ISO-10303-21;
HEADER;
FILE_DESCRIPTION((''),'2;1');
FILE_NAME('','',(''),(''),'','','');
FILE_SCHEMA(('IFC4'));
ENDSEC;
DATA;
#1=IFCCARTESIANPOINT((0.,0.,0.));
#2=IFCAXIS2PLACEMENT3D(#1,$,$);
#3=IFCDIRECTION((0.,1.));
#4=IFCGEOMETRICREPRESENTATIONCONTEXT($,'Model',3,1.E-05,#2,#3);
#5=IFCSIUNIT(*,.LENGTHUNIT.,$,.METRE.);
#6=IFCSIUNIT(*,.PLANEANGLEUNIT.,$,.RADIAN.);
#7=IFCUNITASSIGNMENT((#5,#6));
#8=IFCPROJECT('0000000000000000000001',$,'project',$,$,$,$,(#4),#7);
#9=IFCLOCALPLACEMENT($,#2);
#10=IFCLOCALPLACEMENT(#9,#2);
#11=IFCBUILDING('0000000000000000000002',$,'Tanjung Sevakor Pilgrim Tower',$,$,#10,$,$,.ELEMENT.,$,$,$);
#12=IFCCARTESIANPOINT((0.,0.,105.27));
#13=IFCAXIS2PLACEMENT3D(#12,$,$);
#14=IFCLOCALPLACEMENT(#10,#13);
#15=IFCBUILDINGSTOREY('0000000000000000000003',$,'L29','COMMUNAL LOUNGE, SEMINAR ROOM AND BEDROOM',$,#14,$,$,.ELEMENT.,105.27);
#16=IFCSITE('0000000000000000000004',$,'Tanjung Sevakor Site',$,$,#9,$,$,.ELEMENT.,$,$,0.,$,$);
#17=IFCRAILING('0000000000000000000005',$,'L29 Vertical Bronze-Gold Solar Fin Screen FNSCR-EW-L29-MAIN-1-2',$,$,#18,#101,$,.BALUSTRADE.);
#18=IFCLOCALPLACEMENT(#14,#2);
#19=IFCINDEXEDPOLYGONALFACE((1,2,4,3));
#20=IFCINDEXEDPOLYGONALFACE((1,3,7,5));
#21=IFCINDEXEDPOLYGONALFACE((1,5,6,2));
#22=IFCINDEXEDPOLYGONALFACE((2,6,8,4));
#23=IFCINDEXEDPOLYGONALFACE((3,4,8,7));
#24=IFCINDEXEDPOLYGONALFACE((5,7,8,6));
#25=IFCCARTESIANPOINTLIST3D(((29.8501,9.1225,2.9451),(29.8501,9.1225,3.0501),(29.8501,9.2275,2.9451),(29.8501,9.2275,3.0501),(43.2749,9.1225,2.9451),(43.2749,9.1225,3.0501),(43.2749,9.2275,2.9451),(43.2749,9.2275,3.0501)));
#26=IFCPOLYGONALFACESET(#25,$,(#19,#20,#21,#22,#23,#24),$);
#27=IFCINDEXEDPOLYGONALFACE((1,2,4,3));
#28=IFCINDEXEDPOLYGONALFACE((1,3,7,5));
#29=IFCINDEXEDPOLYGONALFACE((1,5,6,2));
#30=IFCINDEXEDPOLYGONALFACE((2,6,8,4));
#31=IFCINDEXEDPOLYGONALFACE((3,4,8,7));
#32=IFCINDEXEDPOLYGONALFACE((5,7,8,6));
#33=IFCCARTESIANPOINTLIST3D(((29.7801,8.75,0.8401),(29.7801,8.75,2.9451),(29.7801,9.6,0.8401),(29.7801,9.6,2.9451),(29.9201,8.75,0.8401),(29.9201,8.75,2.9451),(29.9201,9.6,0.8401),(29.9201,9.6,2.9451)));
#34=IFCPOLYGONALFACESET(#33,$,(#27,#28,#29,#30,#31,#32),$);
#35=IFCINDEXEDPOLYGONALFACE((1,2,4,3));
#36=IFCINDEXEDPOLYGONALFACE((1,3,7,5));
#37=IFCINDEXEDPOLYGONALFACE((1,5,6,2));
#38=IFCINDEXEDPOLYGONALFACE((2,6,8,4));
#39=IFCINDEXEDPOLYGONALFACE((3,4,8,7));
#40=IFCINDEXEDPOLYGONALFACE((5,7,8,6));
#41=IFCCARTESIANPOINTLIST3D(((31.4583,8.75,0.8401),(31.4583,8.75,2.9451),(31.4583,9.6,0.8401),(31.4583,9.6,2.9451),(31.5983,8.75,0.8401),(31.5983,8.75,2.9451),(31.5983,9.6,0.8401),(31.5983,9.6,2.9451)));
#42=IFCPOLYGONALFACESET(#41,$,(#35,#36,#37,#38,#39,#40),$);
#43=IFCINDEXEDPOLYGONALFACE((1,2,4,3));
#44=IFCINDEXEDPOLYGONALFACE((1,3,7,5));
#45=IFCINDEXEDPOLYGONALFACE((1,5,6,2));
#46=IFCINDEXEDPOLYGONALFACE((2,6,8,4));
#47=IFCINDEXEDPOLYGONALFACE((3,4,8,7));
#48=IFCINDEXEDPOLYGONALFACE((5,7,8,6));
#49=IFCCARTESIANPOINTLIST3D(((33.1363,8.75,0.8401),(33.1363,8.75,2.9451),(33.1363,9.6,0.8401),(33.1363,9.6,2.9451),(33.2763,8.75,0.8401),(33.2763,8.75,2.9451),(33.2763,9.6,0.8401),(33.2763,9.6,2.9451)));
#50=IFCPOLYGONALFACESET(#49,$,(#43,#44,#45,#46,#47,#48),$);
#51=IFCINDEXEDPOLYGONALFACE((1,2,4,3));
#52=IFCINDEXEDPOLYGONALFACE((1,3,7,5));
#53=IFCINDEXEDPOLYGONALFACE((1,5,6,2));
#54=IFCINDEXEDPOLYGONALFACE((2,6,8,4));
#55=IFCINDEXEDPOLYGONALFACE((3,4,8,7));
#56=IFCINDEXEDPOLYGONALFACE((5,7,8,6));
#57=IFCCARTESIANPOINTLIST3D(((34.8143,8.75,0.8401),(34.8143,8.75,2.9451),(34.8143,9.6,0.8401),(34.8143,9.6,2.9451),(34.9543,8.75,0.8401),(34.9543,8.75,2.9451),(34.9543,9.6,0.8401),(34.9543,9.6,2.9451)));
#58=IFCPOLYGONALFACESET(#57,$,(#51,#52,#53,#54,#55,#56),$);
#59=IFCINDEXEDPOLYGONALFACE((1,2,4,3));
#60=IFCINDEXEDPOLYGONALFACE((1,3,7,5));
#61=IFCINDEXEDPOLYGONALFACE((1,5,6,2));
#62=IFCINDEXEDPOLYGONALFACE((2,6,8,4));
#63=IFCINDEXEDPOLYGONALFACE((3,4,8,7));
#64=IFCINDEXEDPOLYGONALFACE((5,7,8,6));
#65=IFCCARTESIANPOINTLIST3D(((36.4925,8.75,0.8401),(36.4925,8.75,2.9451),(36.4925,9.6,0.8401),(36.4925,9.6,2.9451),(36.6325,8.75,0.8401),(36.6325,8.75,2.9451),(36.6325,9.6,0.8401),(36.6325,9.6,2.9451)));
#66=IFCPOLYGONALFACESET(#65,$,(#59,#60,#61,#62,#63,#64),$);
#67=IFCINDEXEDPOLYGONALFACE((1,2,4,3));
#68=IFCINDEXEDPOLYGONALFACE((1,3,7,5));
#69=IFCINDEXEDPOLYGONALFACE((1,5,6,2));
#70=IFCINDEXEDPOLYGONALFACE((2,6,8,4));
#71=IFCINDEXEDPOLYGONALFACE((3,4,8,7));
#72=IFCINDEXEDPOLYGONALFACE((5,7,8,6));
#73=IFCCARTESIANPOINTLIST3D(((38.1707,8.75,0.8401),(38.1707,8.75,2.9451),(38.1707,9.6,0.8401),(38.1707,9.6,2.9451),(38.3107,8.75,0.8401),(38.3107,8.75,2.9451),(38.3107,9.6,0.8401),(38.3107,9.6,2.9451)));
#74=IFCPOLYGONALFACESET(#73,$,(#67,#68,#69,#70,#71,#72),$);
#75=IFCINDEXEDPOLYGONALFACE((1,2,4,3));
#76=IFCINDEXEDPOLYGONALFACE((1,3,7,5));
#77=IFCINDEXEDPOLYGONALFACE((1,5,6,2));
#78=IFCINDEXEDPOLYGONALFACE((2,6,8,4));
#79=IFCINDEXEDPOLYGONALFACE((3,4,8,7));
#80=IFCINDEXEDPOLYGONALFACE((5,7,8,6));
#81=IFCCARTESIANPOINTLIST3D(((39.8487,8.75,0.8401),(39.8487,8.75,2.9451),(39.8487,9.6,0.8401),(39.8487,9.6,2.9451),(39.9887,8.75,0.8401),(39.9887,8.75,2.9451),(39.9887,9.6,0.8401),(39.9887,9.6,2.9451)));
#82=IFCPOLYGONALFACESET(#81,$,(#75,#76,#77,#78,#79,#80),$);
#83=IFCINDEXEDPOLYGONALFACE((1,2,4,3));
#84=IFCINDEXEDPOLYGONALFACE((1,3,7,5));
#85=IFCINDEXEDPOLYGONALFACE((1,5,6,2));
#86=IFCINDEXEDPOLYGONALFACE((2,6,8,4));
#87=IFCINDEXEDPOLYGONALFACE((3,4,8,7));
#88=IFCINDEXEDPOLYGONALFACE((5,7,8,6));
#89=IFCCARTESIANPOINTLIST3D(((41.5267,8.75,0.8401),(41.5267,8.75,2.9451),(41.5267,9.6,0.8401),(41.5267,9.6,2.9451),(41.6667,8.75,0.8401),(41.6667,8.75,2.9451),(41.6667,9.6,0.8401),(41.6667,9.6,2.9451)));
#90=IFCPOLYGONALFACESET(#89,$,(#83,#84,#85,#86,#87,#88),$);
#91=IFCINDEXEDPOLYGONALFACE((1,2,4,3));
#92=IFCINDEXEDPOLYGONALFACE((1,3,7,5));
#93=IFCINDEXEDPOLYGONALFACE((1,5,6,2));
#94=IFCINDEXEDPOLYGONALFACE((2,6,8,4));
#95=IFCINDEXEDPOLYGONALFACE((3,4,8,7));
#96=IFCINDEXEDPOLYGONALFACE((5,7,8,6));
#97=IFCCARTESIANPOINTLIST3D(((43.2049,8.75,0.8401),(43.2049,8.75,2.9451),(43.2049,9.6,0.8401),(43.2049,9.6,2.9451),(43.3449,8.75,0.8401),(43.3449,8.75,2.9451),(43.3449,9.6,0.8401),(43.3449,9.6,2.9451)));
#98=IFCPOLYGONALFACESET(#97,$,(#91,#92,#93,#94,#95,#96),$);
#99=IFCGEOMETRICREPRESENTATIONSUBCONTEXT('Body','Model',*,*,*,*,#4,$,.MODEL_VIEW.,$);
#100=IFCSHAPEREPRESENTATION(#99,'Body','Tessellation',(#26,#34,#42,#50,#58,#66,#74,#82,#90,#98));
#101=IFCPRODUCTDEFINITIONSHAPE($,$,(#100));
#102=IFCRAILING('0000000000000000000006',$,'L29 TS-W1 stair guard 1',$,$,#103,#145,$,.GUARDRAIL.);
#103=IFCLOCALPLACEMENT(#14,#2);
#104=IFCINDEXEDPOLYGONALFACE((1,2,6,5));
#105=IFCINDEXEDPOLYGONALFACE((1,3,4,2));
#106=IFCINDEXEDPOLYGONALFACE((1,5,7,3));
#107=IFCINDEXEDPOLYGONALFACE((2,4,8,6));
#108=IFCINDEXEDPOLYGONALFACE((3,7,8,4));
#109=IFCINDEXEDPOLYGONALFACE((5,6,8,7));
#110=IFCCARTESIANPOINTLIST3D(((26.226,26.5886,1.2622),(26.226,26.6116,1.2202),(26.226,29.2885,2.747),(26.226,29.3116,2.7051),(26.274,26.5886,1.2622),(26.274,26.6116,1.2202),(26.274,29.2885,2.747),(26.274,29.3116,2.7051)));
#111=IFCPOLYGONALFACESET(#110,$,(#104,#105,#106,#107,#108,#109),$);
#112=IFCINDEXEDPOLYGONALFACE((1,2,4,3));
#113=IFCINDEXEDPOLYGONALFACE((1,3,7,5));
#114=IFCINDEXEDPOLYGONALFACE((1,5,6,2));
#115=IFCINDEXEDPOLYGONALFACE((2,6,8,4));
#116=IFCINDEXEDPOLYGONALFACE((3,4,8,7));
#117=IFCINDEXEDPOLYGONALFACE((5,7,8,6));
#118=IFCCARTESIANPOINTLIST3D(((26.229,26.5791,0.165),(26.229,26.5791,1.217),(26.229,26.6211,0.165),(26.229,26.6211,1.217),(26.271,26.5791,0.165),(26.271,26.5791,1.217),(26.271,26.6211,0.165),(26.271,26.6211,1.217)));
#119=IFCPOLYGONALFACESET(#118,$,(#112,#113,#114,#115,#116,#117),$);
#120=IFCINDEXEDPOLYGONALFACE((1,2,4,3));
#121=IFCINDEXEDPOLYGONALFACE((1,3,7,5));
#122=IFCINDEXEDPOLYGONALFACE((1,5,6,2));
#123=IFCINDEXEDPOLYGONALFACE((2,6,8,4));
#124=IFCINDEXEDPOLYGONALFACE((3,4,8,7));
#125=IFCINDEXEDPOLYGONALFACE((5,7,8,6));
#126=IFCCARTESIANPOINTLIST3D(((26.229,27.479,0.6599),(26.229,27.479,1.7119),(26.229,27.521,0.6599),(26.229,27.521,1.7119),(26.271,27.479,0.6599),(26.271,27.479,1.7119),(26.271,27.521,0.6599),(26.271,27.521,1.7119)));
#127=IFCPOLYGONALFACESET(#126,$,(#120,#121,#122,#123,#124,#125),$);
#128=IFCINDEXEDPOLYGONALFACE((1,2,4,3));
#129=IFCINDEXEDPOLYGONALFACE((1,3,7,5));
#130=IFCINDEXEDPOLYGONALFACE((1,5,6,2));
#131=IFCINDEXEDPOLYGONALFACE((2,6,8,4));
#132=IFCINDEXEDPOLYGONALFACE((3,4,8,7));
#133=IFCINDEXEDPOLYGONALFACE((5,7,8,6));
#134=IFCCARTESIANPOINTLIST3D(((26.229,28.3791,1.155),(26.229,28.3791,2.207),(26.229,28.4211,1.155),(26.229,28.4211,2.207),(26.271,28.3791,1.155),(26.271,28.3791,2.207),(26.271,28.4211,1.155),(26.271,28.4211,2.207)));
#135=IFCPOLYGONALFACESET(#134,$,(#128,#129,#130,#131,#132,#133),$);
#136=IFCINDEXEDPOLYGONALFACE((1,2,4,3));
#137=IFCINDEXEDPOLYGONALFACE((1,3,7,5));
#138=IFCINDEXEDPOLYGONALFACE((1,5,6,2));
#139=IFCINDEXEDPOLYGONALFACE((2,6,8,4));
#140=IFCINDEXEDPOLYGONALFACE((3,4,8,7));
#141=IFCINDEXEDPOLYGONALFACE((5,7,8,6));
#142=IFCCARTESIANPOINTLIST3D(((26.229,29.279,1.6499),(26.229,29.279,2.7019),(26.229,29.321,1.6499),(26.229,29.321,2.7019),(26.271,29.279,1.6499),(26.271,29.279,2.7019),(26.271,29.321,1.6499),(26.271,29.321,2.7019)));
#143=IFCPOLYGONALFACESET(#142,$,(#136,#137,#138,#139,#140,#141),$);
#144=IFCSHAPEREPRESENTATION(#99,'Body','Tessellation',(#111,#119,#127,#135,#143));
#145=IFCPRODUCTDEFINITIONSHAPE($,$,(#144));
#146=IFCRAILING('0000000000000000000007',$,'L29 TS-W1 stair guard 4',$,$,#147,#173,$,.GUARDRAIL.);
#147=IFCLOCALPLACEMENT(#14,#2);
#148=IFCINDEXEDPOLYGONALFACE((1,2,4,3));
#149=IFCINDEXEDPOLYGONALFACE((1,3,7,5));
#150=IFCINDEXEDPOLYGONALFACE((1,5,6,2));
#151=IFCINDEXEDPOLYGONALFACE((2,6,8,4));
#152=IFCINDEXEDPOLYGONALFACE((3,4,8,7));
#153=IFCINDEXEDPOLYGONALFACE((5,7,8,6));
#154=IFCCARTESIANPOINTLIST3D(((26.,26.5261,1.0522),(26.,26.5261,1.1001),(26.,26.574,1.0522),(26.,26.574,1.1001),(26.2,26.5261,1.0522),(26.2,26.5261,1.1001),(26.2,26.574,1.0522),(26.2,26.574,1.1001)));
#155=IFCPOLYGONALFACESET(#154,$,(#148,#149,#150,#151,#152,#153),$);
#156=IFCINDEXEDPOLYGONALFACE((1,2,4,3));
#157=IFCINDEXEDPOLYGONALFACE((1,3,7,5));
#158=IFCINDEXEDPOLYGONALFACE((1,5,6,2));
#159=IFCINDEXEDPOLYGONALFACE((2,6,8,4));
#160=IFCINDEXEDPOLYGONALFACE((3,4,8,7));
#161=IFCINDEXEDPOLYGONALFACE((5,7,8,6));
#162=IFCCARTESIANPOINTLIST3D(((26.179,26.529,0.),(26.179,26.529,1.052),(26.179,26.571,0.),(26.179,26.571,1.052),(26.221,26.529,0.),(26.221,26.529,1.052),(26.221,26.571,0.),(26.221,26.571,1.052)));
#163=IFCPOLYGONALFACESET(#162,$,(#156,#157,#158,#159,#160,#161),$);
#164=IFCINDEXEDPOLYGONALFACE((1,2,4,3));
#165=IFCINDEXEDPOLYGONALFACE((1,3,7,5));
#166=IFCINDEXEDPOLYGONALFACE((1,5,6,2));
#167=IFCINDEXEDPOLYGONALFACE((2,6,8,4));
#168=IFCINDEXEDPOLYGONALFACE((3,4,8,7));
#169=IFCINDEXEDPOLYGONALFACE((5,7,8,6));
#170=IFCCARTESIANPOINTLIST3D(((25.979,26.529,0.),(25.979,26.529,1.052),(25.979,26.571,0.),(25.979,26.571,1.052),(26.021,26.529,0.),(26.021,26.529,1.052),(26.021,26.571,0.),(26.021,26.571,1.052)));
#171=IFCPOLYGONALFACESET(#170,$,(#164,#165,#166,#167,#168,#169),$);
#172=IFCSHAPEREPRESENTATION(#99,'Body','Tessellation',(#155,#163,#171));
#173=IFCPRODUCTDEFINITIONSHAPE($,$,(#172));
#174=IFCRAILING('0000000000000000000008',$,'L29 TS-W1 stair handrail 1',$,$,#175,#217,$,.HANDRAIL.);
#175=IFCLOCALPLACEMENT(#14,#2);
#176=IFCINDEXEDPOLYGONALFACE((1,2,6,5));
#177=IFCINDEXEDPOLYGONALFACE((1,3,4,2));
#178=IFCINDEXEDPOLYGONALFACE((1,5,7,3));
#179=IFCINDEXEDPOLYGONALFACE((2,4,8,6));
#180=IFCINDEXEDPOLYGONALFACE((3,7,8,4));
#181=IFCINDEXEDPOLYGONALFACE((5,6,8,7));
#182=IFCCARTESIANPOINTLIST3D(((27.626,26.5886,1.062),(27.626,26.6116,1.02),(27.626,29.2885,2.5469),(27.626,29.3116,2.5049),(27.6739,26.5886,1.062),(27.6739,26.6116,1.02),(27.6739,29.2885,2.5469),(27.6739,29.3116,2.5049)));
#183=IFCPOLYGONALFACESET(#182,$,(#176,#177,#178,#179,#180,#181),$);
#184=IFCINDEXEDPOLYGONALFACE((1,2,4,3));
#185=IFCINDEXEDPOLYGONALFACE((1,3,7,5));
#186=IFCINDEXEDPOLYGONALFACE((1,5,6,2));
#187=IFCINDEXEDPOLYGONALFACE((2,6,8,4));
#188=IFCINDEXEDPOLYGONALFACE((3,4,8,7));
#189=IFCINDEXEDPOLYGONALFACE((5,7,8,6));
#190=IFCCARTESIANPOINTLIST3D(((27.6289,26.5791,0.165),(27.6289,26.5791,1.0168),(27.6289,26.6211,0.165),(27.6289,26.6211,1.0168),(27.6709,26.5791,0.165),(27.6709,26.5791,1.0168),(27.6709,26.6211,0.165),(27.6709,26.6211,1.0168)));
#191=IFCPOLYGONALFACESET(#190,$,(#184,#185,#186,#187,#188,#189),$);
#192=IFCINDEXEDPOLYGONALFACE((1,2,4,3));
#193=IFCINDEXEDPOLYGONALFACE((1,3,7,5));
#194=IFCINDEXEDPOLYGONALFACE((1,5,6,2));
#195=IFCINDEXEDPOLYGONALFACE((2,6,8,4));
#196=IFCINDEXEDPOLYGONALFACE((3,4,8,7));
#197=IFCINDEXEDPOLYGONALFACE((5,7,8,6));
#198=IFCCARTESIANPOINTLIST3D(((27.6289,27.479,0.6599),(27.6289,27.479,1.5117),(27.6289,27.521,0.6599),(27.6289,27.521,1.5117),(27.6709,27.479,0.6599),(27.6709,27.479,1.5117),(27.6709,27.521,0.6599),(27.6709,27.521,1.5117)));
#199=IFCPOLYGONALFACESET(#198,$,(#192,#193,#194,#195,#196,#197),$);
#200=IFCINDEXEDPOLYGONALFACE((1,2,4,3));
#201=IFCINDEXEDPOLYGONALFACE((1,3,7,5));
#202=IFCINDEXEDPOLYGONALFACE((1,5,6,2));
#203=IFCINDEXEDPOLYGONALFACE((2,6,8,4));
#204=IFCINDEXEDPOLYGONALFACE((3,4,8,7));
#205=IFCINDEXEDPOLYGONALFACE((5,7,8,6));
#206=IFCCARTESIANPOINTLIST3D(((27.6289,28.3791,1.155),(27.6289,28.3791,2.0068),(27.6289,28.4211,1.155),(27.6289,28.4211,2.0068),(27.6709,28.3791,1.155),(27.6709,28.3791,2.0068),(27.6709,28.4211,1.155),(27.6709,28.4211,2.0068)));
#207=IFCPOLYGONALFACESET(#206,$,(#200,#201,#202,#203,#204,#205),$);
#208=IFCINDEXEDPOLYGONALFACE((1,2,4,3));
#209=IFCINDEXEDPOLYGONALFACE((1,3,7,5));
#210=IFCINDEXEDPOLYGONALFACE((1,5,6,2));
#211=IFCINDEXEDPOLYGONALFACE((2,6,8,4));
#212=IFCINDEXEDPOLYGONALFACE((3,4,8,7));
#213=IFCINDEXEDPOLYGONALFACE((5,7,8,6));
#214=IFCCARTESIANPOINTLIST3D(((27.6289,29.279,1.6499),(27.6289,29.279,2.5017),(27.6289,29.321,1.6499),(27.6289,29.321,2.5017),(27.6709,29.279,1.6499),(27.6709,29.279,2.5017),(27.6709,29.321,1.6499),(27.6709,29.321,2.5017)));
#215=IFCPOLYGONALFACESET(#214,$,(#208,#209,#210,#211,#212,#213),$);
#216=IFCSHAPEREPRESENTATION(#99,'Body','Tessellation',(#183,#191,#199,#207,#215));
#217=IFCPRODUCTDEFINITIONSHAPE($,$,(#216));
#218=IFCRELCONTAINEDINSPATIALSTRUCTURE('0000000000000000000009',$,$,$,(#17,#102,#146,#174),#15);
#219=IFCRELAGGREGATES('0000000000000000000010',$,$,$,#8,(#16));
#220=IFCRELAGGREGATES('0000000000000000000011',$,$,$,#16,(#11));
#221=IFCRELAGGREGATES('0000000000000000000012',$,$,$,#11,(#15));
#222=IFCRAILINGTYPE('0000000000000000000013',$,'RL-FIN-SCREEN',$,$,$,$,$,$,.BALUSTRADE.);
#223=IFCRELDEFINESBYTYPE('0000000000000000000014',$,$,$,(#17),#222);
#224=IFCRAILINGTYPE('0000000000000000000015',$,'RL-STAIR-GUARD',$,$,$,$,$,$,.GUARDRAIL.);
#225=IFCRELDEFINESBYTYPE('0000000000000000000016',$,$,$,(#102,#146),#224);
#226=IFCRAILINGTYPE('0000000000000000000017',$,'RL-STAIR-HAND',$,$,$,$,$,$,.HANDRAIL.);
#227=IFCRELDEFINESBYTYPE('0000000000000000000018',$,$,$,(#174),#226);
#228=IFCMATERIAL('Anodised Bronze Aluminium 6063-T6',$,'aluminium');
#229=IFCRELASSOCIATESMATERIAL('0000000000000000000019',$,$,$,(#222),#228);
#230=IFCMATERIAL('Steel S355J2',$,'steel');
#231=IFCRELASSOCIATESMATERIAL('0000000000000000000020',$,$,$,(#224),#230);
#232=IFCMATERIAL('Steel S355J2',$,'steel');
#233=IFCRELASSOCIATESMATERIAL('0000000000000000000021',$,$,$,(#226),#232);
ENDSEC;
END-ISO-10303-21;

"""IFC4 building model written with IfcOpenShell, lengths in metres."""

from ifc_helpers import new_model, si_unit, direction, frame, origin, place, context, subcontext, project, spatial, rectangle, extrude, material, type_object, element, save


model = new_model("IFC4")

# Units and contexts
model_context = context("Model", 3, precision=1e-05, world=origin(), true_north=direction((0.0, 1.0)))
body_context = subcontext(model_context, "Body", "Model", "MODEL_VIEW")
ifc_project = project(units=[si_unit("LENGTHUNIT", "METRE"), si_unit("PLANEANGLEUNIT", "RADIAN")], contexts=[model_context])

# Site, building, storey
site_placement = place(None, origin())
site = spatial("IfcSite", under=ifc_project, at=site_placement, Name="Tanjung Sevakor Site", CompositionType="ELEMENT", RefElevation=0.0)
building_placement = place(site_placement, origin())
building = spatial("IfcBuilding", under=site, at=building_placement, Name="Tanjung Sevakor Pilgrim Tower", CompositionType="ELEMENT")
storey_placement = place(building_placement, frame((0.0, 0.0, 105.27)))
storey = spatial("IfcBuildingStorey", under=building, at=storey_placement, Name="L29", Description="COMMUNAL LOUNGE, SEMINAR ROOM AND BEDROOM", CompositionType="ELEMENT", Elevation=105.27)

# Railings
ifc_material_1 = material(Name="Anodised Bronze Aluminium 6063-T6", Category="aluminium")
railing_type_1 = type_object("IfcRailingType", Name="RL-FIN-SCREEN", PredefinedType="BALUSTRADE", material=ifc_material_1)
railing_1_placement = place(storey_placement, frame((29.8501, 9.175, 0.8401)))
element("IfcRailing", 1, at=railing_1_placement, inside=storey, type_object=railing_type_1, Name="L29 Vertical Bronze-Gold Solar Fin Screen FNSCR-EW-L29-MAIN-1-2", PredefinedType="BALUSTRADE", context=body_context, shape_type="SweptSolid", body=[
    extrude(rectangle(XDim=0.105, YDim=0.105), frame((0.0, 0.0, 2.1575), z_axis=(1.0, 0.0, 0.0), x_axis=(0.0, 1.0, 0.0)), (0.0, 0.0, 1.0), 13.4248),
    extrude(rectangle(XDim=0.14, YDim=0.85), origin(), (0.0, 0.0, 1.0), 2.105),
    extrude(rectangle(XDim=0.14, YDim=0.85), frame((1.6782, 0.0, 0.0)), (0.0, 0.0, 1.0), 2.105),
    extrude(rectangle(XDim=0.14, YDim=0.85), frame((3.3562, 0.0, 0.0)), (0.0, 0.0, 1.0), 2.105),
    extrude(rectangle(XDim=0.14, YDim=0.85), frame((5.0342, 0.0, 0.0)), (0.0, 0.0, 1.0), 2.105),
    extrude(rectangle(XDim=0.14, YDim=0.85), frame((6.7124, 0.0, 0.0)), (0.0, 0.0, 1.0), 2.105),
    extrude(rectangle(XDim=0.14, YDim=0.85), frame((8.3906, 0.0, 0.0)), (0.0, 0.0, 1.0), 2.105),
    extrude(rectangle(XDim=0.14, YDim=0.85), frame((10.0686, 0.0, 0.0)), (0.0, 0.0, 1.0), 2.105),
    extrude(rectangle(XDim=0.14, YDim=0.85), frame((11.7466, 0.0, 0.0)), (0.0, 0.0, 1.0), 2.105),
    extrude(rectangle(XDim=0.14, YDim=0.85), frame((13.4248, 0.0, 0.0)), (0.0, 0.0, 1.0), 2.105),
])
ifc_material_2 = material(Name="Steel S355J2", Category="steel")
railing_type_2 = type_object("IfcRailingType", Name="RL-STAIR-GUARD", PredefinedType="GUARDRAIL", material=ifc_material_2)
railing_2_placement = place(storey_placement, frame((26.25, 26.6001, 0.165)))
element("IfcRailing", 2, at=railing_2_placement, inside=storey, type_object=railing_type_2, Name="L29 TS-W1 stair guard 1", PredefinedType="GUARDRAIL", context=body_context, shape_type="SweptSolid", body=[
    extrude(rectangle(XDim=0.0479, YDim=0.0479), frame((0.0, 0.0, 1.0762), z_axis=(0.0, 0.876231, 0.481891), x_axis=(-1.0, 0.0, 0.0)), (0.0, 0.0, 1.0), 3.0813),
    extrude(rectangle(XDim=0.042, YDim=0.042), origin(), (0.0, 0.0, 1.0), 1.052),
    extrude(rectangle(XDim=0.042, YDim=0.042), frame((0.0, 0.8999, 0.4949)), (0.0, 0.0, 1.0), 1.052),
    extrude(rectangle(XDim=0.042, YDim=0.042), frame((0.0, 1.8, 0.99)), (0.0, 0.0, 1.0), 1.052),
    extrude(rectangle(XDim=0.042, YDim=0.042), frame((0.0, 2.7, 1.4849)), (0.0, 0.0, 1.0), 1.052),
])
railing_3_placement = place(storey_placement, frame((26.2, 26.55, 0.0)))
element("IfcRailing", 3, at=railing_3_placement, inside=storey, type_object=railing_type_2, Name="L29 TS-W1 stair guard 4", PredefinedType="GUARDRAIL", context=body_context, shape_type="SweptSolid", body=[
    extrude(rectangle(XDim=0.0479, YDim=0.0479), frame((0.0, 0.0, 1.0762), z_axis=(-1.0, 0.0, 0.0), x_axis=(0.0, -1.0, 0.0)), (0.0, 0.0, 1.0), 0.2),
    extrude(rectangle(XDim=0.042, YDim=0.042), origin(), (0.0, 0.0, 1.0), 1.052),
    extrude(rectangle(XDim=0.042, YDim=0.042), frame((-0.2, 0.0, 0.0)), (0.0, 0.0, 1.0), 1.052),
])
ifc_material_3 = material(Name="Steel S355J2", Category="steel")
railing_type_3 = type_object("IfcRailingType", Name="RL-STAIR-HAND", PredefinedType="HANDRAIL", material=ifc_material_3)
railing_4_placement = place(storey_placement, frame((27.6499, 26.6001, 0.165)))
element("IfcRailing", 4, at=railing_4_placement, inside=storey, type_object=railing_type_3, Name="L29 TS-W1 stair handrail 1", PredefinedType="HANDRAIL", context=body_context, shape_type="SweptSolid", body=[
    extrude(rectangle(XDim=0.0479, YDim=0.0479), frame((0.0, 0.0, 0.876), z_axis=(0.0, 0.876231, 0.481891), x_axis=(-1.0, 0.0, 0.0)), (0.0, 0.0, 1.0), 3.0813),
    extrude(rectangle(XDim=0.042, YDim=0.042), origin(), (0.0, 0.0, 1.0), 0.8518),
    extrude(rectangle(XDim=0.042, YDim=0.042), frame((0.0, 0.8999, 0.4949)), (0.0, 0.0, 1.0), 0.8518),
    extrude(rectangle(XDim=0.042, YDim=0.042), frame((0.0, 1.8, 0.99)), (0.0, 0.0, 1.0), 0.8518),
    extrude(rectangle(XDim=0.042, YDim=0.042), frame((0.0, 2.7, 1.4849)), (0.0, 0.0, 1.0), 0.8518),
])

save(model, "model.ifc")
